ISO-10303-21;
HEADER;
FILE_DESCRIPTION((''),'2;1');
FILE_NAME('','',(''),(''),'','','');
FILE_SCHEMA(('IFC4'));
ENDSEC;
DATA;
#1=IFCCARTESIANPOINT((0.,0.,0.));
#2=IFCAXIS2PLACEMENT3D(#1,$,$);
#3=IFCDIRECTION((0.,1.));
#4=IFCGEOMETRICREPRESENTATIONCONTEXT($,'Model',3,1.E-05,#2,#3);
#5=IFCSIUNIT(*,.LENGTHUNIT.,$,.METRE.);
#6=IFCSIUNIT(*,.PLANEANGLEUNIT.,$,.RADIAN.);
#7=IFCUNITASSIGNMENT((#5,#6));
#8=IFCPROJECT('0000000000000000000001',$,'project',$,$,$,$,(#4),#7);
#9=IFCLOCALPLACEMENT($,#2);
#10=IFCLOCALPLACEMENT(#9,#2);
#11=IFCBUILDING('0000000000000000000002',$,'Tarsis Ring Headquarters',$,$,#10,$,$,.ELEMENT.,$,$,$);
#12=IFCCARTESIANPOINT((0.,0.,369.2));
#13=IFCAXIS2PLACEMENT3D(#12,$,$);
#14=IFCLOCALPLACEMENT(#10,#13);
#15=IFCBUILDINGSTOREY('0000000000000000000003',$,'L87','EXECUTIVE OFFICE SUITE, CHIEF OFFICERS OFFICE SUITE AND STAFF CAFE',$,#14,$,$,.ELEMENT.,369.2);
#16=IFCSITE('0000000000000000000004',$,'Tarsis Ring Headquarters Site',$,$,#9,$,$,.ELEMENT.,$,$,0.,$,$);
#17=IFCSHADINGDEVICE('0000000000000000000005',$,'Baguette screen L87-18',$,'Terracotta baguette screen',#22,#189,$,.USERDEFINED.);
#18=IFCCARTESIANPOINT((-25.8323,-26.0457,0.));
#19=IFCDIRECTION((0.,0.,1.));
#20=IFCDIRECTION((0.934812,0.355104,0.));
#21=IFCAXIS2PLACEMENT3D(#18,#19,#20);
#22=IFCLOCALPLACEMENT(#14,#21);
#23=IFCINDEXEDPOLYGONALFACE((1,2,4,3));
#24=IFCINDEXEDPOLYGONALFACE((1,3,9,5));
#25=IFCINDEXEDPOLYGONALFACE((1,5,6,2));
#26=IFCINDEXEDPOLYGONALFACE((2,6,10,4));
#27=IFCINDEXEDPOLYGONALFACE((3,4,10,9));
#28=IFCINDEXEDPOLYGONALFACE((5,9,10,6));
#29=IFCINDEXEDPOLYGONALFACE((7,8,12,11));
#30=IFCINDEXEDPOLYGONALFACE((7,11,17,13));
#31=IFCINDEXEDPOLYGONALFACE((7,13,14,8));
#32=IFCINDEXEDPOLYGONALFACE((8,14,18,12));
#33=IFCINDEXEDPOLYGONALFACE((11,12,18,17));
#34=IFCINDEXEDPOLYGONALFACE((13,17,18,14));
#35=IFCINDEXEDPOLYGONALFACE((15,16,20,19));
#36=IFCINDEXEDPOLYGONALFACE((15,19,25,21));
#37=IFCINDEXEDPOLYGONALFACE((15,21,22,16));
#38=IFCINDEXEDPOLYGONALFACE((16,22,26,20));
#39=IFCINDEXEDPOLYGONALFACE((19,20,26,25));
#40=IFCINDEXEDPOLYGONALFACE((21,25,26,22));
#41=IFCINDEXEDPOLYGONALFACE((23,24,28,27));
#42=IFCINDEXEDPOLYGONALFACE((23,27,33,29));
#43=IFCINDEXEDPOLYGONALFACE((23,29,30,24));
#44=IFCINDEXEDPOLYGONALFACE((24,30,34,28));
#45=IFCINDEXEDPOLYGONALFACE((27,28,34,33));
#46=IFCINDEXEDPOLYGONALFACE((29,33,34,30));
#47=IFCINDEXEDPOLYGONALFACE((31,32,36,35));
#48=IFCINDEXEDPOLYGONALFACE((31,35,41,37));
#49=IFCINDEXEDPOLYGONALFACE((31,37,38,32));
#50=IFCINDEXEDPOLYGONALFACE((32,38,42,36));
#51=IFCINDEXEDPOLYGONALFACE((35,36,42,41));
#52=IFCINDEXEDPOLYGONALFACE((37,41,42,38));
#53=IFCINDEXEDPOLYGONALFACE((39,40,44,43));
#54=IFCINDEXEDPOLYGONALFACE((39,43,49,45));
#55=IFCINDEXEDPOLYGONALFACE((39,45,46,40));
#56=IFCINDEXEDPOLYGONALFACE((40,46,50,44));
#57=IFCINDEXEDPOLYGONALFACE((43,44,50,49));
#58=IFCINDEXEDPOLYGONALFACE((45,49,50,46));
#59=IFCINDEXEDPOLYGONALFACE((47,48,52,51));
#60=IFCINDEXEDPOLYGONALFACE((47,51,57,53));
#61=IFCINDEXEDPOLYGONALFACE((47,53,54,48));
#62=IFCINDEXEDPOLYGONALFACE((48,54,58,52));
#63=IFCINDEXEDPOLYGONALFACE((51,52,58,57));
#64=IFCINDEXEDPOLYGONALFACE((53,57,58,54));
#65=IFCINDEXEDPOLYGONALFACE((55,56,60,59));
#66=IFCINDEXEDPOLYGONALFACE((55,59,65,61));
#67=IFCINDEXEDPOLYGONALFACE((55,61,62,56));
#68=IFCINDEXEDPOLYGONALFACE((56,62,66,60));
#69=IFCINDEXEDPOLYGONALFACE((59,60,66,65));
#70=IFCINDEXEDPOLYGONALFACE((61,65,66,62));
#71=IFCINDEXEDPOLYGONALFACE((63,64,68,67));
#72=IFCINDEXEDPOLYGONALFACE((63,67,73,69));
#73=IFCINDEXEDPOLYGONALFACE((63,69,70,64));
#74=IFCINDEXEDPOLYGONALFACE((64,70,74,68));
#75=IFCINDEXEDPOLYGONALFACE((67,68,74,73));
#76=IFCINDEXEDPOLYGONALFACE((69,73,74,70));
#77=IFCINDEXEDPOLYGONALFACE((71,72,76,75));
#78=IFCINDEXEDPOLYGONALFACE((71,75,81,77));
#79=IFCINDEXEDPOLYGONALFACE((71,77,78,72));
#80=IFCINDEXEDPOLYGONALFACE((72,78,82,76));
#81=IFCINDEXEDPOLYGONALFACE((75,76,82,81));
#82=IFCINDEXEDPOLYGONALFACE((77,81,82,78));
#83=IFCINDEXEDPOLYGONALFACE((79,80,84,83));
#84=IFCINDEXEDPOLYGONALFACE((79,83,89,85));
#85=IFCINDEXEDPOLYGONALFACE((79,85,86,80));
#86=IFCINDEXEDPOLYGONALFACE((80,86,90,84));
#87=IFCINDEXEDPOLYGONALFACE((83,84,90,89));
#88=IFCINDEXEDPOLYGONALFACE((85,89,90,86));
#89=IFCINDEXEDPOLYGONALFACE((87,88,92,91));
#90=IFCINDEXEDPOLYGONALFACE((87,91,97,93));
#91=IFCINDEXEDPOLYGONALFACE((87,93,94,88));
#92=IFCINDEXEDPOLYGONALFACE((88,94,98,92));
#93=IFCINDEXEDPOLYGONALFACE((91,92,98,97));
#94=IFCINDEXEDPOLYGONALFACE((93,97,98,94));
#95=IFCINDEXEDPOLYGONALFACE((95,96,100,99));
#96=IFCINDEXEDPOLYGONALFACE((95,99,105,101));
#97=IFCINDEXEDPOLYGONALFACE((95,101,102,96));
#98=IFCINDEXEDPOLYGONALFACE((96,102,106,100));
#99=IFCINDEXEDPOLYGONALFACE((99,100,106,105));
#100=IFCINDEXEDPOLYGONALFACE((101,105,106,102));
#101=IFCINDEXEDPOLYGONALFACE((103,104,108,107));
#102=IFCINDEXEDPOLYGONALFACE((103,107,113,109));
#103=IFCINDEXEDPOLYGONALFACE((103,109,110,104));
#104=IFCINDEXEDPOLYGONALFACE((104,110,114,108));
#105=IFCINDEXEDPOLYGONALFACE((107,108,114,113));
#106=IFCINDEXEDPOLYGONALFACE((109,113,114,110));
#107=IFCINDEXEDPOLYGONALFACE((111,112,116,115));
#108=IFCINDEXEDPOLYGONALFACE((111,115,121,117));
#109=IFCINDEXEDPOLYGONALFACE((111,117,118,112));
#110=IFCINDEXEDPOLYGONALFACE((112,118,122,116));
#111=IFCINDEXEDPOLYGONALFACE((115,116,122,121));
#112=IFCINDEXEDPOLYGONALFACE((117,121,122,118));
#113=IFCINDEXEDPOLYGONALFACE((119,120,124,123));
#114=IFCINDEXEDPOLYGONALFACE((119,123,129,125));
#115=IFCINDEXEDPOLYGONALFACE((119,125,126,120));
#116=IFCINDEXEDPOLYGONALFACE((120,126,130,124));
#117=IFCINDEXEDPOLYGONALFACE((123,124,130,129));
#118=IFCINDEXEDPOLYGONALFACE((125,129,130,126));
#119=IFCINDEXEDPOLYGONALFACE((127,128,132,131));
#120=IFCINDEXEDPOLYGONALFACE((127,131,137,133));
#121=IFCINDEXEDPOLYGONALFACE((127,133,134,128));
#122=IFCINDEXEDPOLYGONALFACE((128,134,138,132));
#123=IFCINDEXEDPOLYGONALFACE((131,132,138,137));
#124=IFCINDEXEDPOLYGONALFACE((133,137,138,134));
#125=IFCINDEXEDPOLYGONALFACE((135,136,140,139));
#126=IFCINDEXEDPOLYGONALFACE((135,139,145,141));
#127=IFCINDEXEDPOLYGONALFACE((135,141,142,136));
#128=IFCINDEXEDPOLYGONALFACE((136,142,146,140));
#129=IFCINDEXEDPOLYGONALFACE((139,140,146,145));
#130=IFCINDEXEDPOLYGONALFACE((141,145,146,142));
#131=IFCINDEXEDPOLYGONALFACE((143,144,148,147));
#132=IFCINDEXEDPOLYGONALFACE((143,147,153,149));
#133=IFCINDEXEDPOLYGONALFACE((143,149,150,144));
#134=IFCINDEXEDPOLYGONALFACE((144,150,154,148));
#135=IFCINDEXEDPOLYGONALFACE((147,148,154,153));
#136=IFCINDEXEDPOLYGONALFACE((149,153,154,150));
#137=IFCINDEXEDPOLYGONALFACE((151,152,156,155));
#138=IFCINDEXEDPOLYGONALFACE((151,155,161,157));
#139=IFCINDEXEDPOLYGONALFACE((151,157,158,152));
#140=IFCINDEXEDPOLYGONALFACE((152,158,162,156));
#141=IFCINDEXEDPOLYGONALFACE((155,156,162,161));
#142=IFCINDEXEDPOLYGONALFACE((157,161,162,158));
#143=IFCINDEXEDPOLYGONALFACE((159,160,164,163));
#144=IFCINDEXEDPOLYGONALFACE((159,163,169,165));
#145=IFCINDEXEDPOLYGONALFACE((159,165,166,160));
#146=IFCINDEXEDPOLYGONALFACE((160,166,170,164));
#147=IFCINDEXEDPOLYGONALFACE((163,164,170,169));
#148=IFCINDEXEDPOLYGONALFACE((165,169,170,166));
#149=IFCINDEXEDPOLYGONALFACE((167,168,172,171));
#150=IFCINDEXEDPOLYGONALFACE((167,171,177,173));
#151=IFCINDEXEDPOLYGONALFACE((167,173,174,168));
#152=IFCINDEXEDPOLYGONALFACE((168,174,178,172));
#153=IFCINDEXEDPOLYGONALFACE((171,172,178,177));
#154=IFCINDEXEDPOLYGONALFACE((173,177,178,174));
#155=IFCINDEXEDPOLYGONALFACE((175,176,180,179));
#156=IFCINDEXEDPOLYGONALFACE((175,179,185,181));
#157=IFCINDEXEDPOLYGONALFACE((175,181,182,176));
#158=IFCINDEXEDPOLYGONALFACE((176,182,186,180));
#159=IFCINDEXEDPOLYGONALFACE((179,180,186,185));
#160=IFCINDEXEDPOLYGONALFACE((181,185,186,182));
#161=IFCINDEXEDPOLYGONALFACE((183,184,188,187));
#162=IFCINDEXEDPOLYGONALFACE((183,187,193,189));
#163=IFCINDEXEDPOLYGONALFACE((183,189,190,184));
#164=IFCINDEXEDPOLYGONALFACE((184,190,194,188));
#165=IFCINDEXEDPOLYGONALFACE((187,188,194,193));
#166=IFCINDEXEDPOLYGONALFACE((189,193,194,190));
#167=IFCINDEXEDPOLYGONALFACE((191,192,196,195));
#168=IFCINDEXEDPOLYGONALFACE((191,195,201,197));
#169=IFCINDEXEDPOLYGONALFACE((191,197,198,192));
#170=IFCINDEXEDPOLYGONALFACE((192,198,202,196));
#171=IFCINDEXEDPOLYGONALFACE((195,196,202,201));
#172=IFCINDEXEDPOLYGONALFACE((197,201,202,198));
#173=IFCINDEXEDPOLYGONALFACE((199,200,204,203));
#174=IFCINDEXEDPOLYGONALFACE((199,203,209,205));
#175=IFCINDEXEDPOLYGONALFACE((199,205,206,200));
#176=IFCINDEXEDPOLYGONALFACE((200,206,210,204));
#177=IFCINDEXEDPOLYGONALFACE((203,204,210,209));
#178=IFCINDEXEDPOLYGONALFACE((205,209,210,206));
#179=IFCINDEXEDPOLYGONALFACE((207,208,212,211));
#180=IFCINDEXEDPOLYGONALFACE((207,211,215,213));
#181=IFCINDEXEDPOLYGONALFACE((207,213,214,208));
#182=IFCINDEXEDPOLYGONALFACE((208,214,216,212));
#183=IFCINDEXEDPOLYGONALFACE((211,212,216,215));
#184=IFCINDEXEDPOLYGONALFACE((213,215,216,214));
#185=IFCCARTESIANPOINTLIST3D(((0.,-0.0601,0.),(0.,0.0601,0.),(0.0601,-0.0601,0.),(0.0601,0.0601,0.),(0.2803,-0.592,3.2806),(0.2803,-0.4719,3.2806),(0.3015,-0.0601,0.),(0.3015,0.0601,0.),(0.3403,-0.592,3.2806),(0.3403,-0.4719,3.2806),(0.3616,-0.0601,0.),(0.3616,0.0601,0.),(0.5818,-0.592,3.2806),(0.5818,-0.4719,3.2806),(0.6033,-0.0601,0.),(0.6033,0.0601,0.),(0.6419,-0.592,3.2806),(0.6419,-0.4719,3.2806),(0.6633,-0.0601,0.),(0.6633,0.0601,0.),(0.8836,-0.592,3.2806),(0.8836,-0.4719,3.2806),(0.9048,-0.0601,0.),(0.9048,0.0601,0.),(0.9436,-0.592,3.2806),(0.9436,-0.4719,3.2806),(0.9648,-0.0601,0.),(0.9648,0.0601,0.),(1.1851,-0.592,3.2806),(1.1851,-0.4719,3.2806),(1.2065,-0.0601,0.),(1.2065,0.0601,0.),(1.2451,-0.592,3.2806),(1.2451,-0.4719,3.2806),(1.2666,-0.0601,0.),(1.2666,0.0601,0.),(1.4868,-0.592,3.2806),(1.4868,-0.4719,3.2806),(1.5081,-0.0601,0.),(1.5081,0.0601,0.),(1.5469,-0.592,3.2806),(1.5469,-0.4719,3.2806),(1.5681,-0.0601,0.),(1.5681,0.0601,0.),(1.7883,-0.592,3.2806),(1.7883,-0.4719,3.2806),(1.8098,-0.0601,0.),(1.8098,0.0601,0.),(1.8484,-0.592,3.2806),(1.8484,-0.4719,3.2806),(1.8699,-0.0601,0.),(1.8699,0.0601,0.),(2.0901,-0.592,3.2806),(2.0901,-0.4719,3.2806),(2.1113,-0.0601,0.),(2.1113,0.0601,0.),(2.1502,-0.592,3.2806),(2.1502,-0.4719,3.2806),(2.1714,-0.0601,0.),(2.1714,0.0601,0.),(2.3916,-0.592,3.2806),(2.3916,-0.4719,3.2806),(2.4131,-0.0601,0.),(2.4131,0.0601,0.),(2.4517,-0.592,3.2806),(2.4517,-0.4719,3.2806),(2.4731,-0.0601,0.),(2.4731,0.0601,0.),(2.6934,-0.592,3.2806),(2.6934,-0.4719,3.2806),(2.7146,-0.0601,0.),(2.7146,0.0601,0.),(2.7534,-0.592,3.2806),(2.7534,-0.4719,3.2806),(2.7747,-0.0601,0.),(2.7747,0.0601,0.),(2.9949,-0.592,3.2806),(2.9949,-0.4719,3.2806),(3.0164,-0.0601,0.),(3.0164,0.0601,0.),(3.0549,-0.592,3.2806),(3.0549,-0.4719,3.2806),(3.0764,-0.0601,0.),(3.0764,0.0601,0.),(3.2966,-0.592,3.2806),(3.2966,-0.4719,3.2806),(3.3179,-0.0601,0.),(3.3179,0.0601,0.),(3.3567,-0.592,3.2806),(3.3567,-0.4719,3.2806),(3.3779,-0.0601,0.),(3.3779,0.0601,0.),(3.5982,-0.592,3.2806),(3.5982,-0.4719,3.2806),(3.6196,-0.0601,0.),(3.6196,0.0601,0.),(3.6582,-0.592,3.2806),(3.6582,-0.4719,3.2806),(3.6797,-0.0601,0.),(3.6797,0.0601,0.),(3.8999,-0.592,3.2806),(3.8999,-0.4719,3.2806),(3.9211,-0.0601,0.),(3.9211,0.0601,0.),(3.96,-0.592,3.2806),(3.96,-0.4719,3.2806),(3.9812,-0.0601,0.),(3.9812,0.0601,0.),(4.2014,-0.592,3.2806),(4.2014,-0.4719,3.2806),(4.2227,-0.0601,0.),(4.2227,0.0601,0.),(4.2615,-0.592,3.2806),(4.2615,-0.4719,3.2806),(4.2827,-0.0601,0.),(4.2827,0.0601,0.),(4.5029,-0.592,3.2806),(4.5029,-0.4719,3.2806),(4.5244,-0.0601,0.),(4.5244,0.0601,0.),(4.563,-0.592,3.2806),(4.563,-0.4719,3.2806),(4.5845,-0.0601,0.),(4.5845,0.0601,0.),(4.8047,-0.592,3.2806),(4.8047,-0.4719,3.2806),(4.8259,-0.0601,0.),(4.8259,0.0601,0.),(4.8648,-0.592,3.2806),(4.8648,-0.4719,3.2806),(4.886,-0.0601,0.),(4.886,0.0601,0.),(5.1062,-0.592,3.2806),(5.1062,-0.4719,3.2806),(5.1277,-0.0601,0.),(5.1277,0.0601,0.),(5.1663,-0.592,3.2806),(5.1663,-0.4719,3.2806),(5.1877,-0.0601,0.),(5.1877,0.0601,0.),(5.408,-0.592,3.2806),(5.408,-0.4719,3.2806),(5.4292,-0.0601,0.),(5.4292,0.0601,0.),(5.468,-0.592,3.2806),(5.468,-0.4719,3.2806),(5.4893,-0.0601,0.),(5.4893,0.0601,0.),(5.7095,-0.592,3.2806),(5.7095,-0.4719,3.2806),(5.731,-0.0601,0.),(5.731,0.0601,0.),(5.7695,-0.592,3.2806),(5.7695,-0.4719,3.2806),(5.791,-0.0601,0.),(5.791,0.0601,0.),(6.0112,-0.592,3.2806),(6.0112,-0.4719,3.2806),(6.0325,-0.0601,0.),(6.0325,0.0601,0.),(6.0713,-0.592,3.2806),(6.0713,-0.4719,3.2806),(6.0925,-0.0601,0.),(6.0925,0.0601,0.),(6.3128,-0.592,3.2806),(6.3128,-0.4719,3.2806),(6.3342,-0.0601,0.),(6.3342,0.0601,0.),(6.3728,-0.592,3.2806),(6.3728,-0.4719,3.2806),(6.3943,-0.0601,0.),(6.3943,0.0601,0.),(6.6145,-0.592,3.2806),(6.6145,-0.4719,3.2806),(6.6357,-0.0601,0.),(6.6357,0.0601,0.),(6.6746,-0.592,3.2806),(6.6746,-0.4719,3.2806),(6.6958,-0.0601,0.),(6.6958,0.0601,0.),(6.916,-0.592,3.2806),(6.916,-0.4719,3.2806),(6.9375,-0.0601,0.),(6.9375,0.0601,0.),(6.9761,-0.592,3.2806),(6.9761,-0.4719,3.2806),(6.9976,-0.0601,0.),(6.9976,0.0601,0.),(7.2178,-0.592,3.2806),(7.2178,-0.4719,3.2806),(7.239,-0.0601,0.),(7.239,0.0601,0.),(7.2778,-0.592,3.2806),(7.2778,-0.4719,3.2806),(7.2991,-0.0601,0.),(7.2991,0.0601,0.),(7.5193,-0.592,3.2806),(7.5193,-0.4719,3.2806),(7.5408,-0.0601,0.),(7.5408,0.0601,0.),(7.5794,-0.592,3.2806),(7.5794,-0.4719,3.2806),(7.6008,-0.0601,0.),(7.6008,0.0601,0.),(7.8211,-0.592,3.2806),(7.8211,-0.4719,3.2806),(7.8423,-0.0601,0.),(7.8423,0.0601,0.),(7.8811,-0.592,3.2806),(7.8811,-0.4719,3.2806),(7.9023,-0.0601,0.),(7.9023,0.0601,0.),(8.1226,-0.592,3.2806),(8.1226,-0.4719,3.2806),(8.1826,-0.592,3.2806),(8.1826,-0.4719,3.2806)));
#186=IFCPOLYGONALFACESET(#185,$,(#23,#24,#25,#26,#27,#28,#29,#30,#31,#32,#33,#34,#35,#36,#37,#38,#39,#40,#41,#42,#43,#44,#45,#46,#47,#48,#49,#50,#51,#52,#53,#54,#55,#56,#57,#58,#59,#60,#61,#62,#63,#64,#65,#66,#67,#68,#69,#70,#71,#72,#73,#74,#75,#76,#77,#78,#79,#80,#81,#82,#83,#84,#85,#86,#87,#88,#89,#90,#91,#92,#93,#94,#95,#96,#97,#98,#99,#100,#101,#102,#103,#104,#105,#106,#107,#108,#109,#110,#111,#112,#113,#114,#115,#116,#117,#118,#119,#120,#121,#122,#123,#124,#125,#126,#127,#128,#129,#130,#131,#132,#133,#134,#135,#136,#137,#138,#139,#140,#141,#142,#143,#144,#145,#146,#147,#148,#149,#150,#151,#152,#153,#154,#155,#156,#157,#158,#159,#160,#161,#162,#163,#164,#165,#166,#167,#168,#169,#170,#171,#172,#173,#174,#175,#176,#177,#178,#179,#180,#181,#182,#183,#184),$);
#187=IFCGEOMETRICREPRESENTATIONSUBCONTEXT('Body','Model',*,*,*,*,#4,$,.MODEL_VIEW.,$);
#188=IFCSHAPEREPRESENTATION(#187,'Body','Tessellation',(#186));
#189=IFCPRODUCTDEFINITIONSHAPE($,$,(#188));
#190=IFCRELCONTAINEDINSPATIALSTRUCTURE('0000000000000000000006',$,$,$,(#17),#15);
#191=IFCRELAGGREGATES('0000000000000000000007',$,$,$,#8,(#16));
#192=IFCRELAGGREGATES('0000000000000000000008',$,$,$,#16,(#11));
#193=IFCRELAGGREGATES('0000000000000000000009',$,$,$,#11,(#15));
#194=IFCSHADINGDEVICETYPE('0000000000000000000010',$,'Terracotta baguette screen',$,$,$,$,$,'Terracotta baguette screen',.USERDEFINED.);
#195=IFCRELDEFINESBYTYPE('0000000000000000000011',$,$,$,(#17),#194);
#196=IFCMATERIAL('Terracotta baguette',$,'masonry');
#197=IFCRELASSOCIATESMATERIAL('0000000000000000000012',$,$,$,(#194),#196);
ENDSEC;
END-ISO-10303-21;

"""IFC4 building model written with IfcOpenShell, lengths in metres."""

from ifc_helpers import new_model, si_unit, direction, frame, frame_2d, origin, place, context, subcontext, project, spatial, rectangle, composite_profile, extrude, material, type_object, element, save


model = new_model("IFC4")

# Units and contexts
model_context = context("Model", 3, precision=1e-05, world=origin(), true_north=direction((0.0, 1.0)))
body_context = subcontext(model_context, "Body", "Model", "MODEL_VIEW")
ifc_project = project(units=[si_unit("LENGTHUNIT", "METRE"), si_unit("PLANEANGLEUNIT", "RADIAN")], contexts=[model_context])

# Site, building, storey
site_placement = place(None, origin())
site = spatial("IfcSite", under=ifc_project, at=site_placement, Name="Tarsis Ring Headquarters Site", CompositionType="ELEMENT", RefElevation=0.0)
building_placement = place(site_placement, origin())
building = spatial("IfcBuilding", under=site, at=building_placement, Name="Tarsis Ring Headquarters", CompositionType="ELEMENT")
storey_placement = place(building_placement, frame((0.0, 0.0, 369.2)))
storey = spatial("IfcBuildingStorey", under=building, at=storey_placement, Name="L87", Description="EXECUTIVE OFFICE SUITE, CHIEF OFFICERS OFFICE SUITE AND STAFF CAFE", CompositionType="ELEMENT", Elevation=369.2)

# Shading device
ifc_material_1 = material(Name="Terracotta baguette", Category="masonry")
shading_device_type_1 = type_object("IfcShadingDeviceType", Name="Terracotta baguette screen", ElementType="Terracotta baguette screen", PredefinedType="USERDEFINED", material=ifc_material_1)
shading_device_1_placement = place(storey_placement, frame((-25.8323, -26.0457, 0.0), z_axis=(0.0, 0.0, 1.0), x_axis=(0.934812, 0.355104, 0.0)))
element("IfcShadingDevice", 1, at=shading_device_1_placement, inside=storey, type_object=shading_device_type_1, Name="Baguette screen L87-18", ObjectType="Terracotta baguette screen", PredefinedType="USERDEFINED", context=body_context, shape_type="SweptSolid", body=[
    extrude(composite_profile([rectangle(XDim=0.0601, YDim=0.1201, at=frame_2d((0.03, 0.0))), rectangle(XDim=0.0601, YDim=0.1201, at=frame_2d((0.3315, 0.0))), rectangle(XDim=0.0601, YDim=0.1201, at=frame_2d((0.6333, 0.0))), rectangle(XDim=0.0601, YDim=0.1201, at=frame_2d((0.9348, 0.0))), rectangle(XDim=0.0601, YDim=0.1201, at=frame_2d((1.2366, 0.0))), rectangle(XDim=0.0601, YDim=0.1201, at=frame_2d((1.5381, 0.0))), rectangle(XDim=0.0601, YDim=0.1201, at=frame_2d((1.8398, 0.0))), rectangle(XDim=0.0601, YDim=0.1201, at=frame_2d((2.1414, 0.0))), rectangle(XDim=0.0601, YDim=0.1201, at=frame_2d((2.4431, 0.0))), rectangle(XDim=0.0601, YDim=0.1201, at=frame_2d((2.7446, 0.0))), rectangle(XDim=0.0601, YDim=0.1201, at=frame_2d((3.0464, 0.0))), rectangle(XDim=0.0601, YDim=0.1201, at=frame_2d((3.3479, 0.0))), rectangle(XDim=0.0601, YDim=0.1201, at=frame_2d((3.6497, 0.0))), rectangle(XDim=0.0601, YDim=0.1201, at=frame_2d((3.9512, 0.0))), rectangle(XDim=0.0601, YDim=0.1201, at=frame_2d((4.2527, 0.0))), rectangle(XDim=0.0601, YDim=0.1201, at=frame_2d((4.5544, 0.0))), rectangle(XDim=0.0601, YDim=0.1201, at=frame_2d((4.856, 0.0))), rectangle(XDim=0.0601, YDim=0.1201, at=frame_2d((5.1577, 0.0))), rectangle(XDim=0.0601, YDim=0.1201, at=frame_2d((5.4592, 0.0))), rectangle(XDim=0.0601, YDim=0.1201, at=frame_2d((5.761, 0.0))), rectangle(XDim=0.0601, YDim=0.1201, at=frame_2d((6.0625, 0.0))), rectangle(XDim=0.0601, YDim=0.1201, at=frame_2d((6.3643, 0.0))), rectangle(XDim=0.0601, YDim=0.1201, at=frame_2d((6.6658, 0.0))), rectangle(XDim=0.0601, YDim=0.1201, at=frame_2d((6.9675, 0.0))), rectangle(XDim=0.0601, YDim=0.1201, at=frame_2d((7.269, 0.0))), rectangle(XDim=0.0601, YDim=0.1201, at=frame_2d((7.5708, 0.0))), rectangle(XDim=0.0601, YDim=0.1201, at=frame_2d((7.8723, 0.0)))]), origin(), (0.084037, -0.159501, 0.983614), 3.3352),
])

save(model, "model.ifc")
